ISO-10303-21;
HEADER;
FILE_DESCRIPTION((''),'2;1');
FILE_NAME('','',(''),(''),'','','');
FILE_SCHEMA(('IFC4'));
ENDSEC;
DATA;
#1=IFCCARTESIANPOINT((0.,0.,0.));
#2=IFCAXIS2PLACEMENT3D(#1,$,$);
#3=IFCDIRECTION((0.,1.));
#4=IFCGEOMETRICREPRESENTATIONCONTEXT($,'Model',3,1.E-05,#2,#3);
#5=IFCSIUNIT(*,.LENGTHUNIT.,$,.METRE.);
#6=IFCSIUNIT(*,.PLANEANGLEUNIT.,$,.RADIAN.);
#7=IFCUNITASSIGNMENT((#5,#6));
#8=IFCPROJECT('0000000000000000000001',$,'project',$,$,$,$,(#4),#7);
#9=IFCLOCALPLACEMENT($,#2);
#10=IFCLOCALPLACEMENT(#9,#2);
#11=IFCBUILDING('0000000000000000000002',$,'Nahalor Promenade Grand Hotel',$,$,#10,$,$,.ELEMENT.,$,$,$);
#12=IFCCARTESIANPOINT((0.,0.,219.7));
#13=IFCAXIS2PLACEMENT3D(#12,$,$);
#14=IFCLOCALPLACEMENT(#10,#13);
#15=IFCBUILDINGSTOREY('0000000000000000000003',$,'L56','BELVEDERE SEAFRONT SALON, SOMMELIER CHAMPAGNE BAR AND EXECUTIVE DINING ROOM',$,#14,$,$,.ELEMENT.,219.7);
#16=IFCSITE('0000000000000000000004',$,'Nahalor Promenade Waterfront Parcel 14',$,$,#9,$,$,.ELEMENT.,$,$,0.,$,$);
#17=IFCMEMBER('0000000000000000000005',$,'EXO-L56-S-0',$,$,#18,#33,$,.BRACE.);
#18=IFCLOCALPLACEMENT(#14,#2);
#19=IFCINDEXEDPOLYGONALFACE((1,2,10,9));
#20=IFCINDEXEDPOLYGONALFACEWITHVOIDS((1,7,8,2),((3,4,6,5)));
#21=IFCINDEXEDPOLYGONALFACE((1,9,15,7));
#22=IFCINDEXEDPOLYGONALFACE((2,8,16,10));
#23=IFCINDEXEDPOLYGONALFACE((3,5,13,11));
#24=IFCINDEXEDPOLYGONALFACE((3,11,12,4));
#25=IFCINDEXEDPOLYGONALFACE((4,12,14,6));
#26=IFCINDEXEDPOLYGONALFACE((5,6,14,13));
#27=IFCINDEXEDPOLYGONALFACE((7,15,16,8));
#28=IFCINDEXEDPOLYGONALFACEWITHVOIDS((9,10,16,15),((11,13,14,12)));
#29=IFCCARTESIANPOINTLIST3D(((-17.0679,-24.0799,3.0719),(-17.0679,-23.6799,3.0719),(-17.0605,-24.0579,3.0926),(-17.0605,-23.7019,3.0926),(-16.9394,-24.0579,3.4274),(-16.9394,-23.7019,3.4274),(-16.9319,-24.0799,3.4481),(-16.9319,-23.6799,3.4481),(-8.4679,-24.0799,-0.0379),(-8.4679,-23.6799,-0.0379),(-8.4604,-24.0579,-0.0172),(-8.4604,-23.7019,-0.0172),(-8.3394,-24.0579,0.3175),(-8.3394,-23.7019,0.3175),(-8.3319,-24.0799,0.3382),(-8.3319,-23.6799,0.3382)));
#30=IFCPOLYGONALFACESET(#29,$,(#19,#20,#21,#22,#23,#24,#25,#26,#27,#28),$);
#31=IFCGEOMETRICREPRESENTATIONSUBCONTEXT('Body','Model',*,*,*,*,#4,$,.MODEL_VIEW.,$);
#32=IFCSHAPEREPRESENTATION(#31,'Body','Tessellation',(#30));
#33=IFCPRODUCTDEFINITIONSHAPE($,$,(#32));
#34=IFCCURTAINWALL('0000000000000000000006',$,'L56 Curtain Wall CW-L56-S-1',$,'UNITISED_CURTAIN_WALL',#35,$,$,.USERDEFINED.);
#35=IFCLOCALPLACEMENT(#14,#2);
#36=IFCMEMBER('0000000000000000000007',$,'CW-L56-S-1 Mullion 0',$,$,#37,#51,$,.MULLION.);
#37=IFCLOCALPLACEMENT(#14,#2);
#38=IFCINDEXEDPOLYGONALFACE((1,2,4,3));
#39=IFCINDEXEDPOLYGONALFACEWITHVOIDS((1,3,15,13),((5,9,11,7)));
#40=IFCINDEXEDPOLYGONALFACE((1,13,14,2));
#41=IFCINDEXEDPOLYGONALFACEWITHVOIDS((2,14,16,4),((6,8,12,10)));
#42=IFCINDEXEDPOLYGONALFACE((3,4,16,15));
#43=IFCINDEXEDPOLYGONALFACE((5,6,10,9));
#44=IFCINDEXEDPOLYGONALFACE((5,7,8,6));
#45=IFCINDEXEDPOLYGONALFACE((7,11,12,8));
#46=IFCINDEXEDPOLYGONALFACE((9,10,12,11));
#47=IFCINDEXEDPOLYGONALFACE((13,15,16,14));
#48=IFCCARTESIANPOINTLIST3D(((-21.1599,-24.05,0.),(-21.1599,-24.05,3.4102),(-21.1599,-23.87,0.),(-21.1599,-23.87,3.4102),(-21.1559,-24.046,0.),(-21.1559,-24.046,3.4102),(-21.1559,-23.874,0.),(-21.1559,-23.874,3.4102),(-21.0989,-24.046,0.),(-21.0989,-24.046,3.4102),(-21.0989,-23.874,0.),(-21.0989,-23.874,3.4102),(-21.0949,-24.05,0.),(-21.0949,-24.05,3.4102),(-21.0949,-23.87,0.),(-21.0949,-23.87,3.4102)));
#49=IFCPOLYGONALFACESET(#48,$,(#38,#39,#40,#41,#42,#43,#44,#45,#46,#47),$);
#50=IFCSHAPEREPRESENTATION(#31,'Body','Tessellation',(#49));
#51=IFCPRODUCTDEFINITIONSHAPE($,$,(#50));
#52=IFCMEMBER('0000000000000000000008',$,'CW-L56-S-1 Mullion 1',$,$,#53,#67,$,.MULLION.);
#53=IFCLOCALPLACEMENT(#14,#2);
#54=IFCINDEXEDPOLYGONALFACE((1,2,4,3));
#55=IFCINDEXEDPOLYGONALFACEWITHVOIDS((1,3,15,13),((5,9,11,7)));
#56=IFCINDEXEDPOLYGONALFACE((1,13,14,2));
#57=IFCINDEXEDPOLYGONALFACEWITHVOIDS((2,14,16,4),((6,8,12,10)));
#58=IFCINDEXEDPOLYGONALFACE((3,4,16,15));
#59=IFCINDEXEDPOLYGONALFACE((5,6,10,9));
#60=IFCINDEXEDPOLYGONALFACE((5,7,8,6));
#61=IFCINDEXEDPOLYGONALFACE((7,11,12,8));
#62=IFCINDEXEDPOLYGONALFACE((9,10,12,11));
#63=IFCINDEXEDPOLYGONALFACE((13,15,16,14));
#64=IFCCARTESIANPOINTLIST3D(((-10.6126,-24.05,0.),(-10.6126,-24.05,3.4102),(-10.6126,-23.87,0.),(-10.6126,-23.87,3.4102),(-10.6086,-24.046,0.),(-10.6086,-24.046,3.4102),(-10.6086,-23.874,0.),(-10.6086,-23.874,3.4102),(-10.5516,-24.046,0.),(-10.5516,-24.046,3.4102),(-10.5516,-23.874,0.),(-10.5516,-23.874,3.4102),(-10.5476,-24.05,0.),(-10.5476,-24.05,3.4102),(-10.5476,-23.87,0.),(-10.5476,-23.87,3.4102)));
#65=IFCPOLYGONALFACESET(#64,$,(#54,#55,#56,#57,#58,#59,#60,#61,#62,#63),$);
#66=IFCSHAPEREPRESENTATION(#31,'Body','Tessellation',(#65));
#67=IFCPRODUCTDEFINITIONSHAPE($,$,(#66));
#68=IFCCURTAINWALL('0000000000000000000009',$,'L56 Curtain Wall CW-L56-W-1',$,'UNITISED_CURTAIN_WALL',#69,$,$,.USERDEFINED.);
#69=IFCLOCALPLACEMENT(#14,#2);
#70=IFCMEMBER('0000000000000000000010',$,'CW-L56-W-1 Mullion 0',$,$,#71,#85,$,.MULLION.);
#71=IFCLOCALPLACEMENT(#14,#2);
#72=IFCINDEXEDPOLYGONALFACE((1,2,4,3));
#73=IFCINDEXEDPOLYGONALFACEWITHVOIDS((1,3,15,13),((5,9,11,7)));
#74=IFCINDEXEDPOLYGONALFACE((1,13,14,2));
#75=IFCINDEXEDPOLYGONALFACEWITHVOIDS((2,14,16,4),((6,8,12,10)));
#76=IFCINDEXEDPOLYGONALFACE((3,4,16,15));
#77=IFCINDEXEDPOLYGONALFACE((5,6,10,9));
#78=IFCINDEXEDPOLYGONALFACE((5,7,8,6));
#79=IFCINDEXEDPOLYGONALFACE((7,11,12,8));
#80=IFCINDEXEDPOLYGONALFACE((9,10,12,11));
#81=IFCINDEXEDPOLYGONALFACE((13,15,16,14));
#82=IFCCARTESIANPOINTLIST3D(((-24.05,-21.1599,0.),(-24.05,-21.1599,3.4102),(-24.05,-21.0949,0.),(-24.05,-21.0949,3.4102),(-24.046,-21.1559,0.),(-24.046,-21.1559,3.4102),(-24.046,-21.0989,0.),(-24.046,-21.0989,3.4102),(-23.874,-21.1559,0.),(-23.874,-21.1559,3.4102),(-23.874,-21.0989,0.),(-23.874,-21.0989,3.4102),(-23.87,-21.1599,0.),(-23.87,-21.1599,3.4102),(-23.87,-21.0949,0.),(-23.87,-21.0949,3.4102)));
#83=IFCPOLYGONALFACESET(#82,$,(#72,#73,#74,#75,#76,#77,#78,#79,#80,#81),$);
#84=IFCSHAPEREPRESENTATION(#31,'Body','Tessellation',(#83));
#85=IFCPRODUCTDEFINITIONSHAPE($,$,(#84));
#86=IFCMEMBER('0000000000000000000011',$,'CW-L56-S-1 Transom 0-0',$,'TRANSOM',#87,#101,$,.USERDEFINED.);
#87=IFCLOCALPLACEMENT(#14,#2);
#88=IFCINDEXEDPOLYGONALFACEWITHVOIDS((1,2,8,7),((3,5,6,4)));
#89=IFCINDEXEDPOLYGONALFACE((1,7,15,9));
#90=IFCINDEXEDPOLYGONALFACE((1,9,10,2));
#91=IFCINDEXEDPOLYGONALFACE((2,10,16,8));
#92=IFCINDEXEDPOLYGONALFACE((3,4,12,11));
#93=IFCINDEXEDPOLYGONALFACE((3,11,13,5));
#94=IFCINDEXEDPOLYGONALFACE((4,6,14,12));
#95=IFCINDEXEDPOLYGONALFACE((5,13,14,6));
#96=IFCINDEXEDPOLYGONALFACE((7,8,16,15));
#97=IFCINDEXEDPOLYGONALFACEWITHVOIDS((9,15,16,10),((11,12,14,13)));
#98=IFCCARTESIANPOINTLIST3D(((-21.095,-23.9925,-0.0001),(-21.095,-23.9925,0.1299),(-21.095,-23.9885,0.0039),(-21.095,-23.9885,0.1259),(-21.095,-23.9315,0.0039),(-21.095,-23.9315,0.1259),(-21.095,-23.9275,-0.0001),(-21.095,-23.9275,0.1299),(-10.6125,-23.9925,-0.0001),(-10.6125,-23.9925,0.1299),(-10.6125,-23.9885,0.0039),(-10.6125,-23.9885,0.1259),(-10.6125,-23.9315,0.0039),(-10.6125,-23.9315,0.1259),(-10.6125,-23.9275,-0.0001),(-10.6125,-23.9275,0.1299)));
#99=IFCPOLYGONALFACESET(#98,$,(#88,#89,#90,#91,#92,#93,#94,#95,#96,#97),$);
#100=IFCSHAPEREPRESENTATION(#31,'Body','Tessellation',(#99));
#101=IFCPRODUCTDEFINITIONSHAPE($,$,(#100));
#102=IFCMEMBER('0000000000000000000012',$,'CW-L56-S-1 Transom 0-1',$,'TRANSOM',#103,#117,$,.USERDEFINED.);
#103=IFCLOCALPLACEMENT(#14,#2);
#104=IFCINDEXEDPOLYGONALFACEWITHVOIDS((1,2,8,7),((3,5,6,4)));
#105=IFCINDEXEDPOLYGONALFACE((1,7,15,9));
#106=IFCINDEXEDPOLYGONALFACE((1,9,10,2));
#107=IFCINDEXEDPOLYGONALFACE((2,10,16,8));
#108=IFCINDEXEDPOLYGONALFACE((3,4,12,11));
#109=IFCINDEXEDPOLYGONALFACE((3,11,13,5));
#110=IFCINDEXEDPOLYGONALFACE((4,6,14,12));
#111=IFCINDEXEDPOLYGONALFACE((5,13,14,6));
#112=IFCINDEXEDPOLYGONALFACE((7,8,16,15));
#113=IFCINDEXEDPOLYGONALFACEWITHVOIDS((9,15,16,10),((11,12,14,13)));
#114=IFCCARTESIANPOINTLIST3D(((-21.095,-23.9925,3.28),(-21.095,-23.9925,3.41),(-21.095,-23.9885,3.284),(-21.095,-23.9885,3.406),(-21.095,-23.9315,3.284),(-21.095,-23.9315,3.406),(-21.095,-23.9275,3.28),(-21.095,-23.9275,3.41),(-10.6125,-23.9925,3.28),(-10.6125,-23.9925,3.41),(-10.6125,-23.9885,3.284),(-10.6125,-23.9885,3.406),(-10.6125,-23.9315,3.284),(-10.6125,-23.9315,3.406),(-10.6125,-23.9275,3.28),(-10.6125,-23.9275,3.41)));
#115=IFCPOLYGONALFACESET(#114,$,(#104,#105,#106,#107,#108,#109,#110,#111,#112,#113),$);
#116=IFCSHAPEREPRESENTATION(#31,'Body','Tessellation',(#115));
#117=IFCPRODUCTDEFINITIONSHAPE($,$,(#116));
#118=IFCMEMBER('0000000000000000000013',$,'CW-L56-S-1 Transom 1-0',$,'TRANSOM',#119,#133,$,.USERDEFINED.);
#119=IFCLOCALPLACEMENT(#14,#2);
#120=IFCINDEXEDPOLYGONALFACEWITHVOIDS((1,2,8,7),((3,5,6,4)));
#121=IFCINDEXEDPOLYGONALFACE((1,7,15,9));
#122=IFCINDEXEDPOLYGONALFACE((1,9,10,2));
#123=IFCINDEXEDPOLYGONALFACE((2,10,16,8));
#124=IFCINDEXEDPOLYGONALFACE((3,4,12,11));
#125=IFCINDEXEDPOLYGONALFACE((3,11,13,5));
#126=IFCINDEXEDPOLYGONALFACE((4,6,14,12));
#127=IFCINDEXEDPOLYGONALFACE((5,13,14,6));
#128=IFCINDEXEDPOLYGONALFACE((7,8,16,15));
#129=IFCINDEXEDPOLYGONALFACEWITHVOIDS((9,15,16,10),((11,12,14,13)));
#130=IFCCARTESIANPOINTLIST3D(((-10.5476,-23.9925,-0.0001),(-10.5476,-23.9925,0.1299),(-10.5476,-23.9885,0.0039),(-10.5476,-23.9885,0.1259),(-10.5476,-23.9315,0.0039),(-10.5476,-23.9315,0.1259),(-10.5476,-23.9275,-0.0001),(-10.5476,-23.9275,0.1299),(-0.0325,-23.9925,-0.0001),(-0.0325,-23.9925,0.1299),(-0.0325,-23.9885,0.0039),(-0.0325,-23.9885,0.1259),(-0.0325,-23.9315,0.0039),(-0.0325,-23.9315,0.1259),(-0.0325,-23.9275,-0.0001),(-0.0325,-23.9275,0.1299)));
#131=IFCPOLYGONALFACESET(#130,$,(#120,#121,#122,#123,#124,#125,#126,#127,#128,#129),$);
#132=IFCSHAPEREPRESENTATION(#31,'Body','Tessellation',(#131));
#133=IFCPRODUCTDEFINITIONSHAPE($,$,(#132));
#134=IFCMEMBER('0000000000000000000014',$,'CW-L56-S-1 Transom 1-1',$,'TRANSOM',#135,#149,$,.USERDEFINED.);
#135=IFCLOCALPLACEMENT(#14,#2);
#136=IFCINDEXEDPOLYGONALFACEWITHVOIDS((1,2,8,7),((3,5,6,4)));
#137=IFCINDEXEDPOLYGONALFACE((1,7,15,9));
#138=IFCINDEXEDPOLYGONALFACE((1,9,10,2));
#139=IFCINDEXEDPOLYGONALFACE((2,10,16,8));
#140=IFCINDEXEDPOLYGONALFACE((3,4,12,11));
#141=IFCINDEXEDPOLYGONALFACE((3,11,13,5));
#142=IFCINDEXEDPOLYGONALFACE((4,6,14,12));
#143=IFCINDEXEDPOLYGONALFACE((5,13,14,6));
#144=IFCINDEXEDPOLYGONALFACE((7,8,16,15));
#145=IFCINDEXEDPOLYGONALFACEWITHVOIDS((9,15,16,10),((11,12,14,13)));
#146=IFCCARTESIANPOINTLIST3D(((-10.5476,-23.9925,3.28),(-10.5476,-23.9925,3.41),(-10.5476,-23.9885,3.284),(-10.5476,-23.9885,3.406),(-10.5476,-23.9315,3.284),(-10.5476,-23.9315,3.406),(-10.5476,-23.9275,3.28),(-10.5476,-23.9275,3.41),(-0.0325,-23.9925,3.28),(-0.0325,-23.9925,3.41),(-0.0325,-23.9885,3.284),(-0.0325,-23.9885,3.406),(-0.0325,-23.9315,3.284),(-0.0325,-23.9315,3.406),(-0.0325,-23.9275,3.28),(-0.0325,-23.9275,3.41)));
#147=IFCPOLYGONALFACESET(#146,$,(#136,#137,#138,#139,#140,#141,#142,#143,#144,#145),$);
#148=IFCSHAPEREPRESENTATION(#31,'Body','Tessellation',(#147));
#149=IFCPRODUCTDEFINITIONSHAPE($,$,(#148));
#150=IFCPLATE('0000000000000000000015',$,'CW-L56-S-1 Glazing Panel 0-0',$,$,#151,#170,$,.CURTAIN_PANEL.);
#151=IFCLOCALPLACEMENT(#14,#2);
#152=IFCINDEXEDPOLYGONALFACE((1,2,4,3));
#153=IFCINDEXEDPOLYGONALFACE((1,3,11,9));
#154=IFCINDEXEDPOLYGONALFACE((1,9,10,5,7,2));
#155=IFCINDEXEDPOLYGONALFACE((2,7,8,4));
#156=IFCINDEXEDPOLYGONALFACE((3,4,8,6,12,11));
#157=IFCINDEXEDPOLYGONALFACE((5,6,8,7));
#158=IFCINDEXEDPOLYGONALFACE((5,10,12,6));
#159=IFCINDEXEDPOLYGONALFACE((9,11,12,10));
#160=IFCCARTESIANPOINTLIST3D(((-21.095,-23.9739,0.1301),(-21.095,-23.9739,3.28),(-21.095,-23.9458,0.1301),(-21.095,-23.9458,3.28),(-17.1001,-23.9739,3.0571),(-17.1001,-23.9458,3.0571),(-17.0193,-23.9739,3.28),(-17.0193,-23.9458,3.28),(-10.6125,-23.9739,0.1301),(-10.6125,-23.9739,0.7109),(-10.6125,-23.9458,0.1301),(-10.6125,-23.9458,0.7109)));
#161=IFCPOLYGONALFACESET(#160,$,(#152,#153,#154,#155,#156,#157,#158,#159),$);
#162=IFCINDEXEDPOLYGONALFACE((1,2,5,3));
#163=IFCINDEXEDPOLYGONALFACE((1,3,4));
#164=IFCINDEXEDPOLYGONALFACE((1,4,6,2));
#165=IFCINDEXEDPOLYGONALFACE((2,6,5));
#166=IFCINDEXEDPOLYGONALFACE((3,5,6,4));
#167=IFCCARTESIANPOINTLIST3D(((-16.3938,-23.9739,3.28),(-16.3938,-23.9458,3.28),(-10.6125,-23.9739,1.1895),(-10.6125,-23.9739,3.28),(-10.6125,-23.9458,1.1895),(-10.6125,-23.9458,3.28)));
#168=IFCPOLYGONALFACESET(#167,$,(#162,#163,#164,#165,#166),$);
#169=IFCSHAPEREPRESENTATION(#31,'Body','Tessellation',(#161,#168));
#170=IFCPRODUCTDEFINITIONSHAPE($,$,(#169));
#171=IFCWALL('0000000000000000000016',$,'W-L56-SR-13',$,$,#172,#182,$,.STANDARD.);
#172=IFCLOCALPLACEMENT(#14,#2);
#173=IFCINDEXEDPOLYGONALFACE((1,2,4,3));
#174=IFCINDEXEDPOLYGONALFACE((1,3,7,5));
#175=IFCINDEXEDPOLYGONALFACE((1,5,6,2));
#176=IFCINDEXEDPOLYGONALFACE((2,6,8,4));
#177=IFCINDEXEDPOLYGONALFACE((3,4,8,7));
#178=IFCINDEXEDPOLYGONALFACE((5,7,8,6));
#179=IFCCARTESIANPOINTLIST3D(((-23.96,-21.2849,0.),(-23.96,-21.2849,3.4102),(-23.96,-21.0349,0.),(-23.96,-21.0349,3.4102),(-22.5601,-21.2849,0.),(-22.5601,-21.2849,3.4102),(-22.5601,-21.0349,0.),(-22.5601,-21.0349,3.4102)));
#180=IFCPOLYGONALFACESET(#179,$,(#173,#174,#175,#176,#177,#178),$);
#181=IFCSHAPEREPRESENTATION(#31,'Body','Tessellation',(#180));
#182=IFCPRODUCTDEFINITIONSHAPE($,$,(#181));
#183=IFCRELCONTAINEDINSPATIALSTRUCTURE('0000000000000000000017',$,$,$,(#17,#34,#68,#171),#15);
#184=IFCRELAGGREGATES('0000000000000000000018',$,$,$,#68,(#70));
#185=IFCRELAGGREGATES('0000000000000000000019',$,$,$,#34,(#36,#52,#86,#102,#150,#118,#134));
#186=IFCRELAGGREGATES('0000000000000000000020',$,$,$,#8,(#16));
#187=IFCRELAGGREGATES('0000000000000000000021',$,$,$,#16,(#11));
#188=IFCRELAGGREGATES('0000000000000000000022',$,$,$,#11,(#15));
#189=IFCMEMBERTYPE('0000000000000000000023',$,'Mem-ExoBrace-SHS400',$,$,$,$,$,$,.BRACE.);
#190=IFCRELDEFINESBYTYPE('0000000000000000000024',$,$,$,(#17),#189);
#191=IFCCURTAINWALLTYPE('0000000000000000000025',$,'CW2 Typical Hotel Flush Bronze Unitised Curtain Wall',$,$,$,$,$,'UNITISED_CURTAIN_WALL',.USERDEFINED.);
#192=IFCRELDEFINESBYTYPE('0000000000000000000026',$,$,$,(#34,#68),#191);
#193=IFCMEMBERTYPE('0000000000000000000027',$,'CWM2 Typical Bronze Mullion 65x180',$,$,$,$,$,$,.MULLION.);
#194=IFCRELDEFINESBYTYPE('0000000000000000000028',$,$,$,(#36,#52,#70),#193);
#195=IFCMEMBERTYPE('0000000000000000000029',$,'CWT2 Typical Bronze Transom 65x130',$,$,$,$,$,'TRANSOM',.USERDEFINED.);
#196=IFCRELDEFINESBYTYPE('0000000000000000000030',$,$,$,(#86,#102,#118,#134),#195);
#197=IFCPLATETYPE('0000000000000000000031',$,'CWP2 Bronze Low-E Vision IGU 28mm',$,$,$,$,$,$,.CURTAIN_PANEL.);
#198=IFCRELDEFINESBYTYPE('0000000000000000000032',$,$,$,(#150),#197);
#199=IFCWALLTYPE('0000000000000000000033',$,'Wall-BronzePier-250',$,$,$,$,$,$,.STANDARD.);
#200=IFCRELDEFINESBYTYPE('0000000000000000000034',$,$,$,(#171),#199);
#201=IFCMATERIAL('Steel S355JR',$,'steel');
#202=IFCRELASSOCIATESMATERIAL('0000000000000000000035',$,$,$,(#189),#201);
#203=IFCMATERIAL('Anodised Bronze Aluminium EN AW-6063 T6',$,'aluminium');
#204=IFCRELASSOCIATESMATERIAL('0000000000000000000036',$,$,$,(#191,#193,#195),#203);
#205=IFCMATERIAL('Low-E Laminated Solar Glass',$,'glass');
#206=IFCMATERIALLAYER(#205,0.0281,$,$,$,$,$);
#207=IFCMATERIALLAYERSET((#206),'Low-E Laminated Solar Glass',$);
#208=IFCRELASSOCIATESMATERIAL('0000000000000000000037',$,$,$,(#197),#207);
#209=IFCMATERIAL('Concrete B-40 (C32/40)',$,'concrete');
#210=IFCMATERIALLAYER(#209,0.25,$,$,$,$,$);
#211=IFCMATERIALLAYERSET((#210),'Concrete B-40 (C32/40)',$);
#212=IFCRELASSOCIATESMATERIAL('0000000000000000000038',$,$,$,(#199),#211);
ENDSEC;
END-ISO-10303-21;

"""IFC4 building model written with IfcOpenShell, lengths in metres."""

from ifc_helpers import new_model, si_unit, direction, frame, frame_2d, origin, origin_2d, place, context, subcontext, project, spatial, polyline, rectangle, hollow_rectangle, outline, extrude, source, transform, mapped, material, layer, layer_set, material_profile, profile_set, type_object, element, aggregate, save


model = new_model("IFC4")

# Units and contexts
model_context = context("Model", 3, precision=1e-05, world=origin(), true_north=direction((0.0, 1.0)))
body_context = subcontext(model_context, "Body", "Model", "MODEL_VIEW")
ifc_project = project(units=[si_unit("LENGTHUNIT", "METRE"), si_unit("PLANEANGLEUNIT", "RADIAN")], contexts=[model_context])

# Site, building, storey
site_placement = place(None, origin())
site = spatial("IfcSite", under=ifc_project, at=site_placement, Name="Nahalor Promenade Waterfront Parcel 14", CompositionType="ELEMENT", RefElevation=0.0)
building_placement = place(site_placement, origin())
building = spatial("IfcBuilding", under=site, at=building_placement, Name="Nahalor Promenade Grand Hotel", CompositionType="ELEMENT")
storey_placement = place(building_placement, frame((0.0, 0.0, 219.7)))
storey = spatial("IfcBuildingStorey", under=building, at=storey_placement, Name="L56", Description="BELVEDERE SEAFRONT SALON, SOMMELIER CHAMPAGNE BAR AND EXECUTIVE DINING ROOM", CompositionType="ELEMENT", Elevation=219.7)

# Shared definitions
ifc_material_1 = material(Name="Steel S355JR", Category="steel")

# Member
ifc_material_profile_1 = material_profile(ifc_material_1, hollow_rectangle(XDim=0.4, YDim=0.4, WallThickness=0.022, at=origin_2d()), Name="SHS 400x400x22")
ifc_profile_set_1 = profile_set([ifc_material_profile_1], Name="Steel S355JR")
member_type_1 = type_object("IfcMemberType", Name="Mem-ExoBrace-SHS400", PredefinedType="BRACE", material=ifc_profile_set_1)
shared_shape_1 = source(origin(), body_context, "Body", "SweptSolid", [
    extrude(hollow_rectangle(XDim=0.4, YDim=0.4, WallThickness=0.022, at=origin_2d()), origin(), (0.0, 0.0, 1.0), 9.145),
])
member_1_placement = place(storey_placement, frame((-8.3999, -23.8799, 0.1501), z_axis=(-0.940405, 0.0, 0.340058), x_axis=(0.0, -1.0, 0.0)))
element("IfcMember", 1, at=member_1_placement, inside=storey, type_object=member_type_1, Name="EXO-L56-S-0", PredefinedType="BRACE", context=body_context, shape_type="MappedRepresentation", body=[
    mapped(shared_shape_1, transform((0.0, 0.0, 0.0), scale=1.0)),
])

# Curtain wall, members
ifc_material_2 = material(Name="Anodised Bronze Aluminium EN AW-6063 T6", Category="aluminium")
curtain_wall_type = type_object("IfcCurtainWallType", Name="CW2 Typical Hotel Flush Bronze Unitised Curtain Wall", ElementType="UNITISED_CURTAIN_WALL", PredefinedType="USERDEFINED", material=ifc_material_2)
curtain_wall_1_placement = place(storey_placement, origin())
curtain_wall_1 = element("IfcCurtainWall", 2, at=curtain_wall_1_placement, inside=storey, type_object=curtain_wall_type, Name="L56 Curtain Wall CW-L56-S-1", ObjectType="UNITISED_CURTAIN_WALL", PredefinedType="USERDEFINED")
ifc_material_profile_2 = material_profile(ifc_material_2, hollow_rectangle(XDim=0.065, YDim=0.18, WallThickness=0.004, at=origin_2d()), Name="CWM 65x180x4")
ifc_profile_set_2 = profile_set([ifc_material_profile_2], Name="Anodised Bronze Aluminium EN AW-6063 T6")
member_type_2 = type_object("IfcMemberType", Name="CWM2 Typical Bronze Mullion 65x180", PredefinedType="MULLION", material=ifc_profile_set_2)
shared_shape_2 = source(origin(), body_context, "Body", "SweptSolid", [
    extrude(hollow_rectangle(XDim=0.065, YDim=0.18, WallThickness=0.004, at=origin_2d()), origin(), (0.0, 0.0, 1.0), 3.4102),
])
member_2_placement = place(storey_placement, frame((-21.1274, -23.96, 0.0), z_axis=(0.0, 0.0, 1.0), x_axis=(1.0, 0.0, 0.0)))
member_2 = element("IfcMember", 3, at=member_2_placement, type_object=member_type_2, Name="CW-L56-S-1 Mullion 0", PredefinedType="MULLION", context=body_context, shape_type="MappedRepresentation", body=[
    mapped(shared_shape_2, transform((0.0, 0.0, 0.0), scale=1.0)),
])
member_3_placement = place(storey_placement, frame((-10.5801, -23.96, 0.0), z_axis=(0.0, 0.0, 1.0), x_axis=(1.0, 0.0, 0.0)))
member_3 = element("IfcMember", 4, at=member_3_placement, type_object=member_type_2, Name="CW-L56-S-1 Mullion 1", PredefinedType="MULLION", context=body_context, shape_type="MappedRepresentation", body=[
    mapped(shared_shape_2, transform((0.0, 0.0, 0.0), scale=1.0)),
])

# Curtain wall, member
curtain_wall_2_placement = place(storey_placement, origin())
curtain_wall_2 = element("IfcCurtainWall", 5, at=curtain_wall_2_placement, inside=storey, type_object=curtain_wall_type, Name="L56 Curtain Wall CW-L56-W-1", ObjectType="UNITISED_CURTAIN_WALL", PredefinedType="USERDEFINED")
member_4_placement = place(storey_placement, frame((-23.96, -21.1274, 0.0), z_axis=(0.0, 0.0, 1.0), x_axis=(0.0, 1.0, 0.0)))
member_4 = element("IfcMember", 6, at=member_4_placement, type_object=member_type_2, Name="CW-L56-W-1 Mullion 0", PredefinedType="MULLION", context=body_context, shape_type="MappedRepresentation", body=[
    mapped(shared_shape_2, transform((0.0, 0.0, 0.0), scale=1.0)),
])
aggregate(curtain_wall_2, [member_4])

# Members
ifc_material_profile_3 = material_profile(ifc_material_2, hollow_rectangle(XDim=0.065, YDim=0.13, WallThickness=0.004, at=origin_2d()), Name="CWT 65x130x4")
ifc_profile_set_3 = profile_set([ifc_material_profile_3], Name="Anodised Bronze Aluminium EN AW-6063 T6")
member_type_3 = type_object("IfcMemberType", Name="CWT2 Typical Bronze Transom 65x130", ElementType="TRANSOM", PredefinedType="USERDEFINED", material=ifc_profile_set_3)
shared_shape_3 = source(origin(), body_context, "Body", "SweptSolid", [
    extrude(hollow_rectangle(XDim=0.065, YDim=0.13, WallThickness=0.004, at=origin_2d()), origin(), (0.0, 0.0, 1.0), 10.4824),
])
member_5_placement = place(storey_placement, frame((-21.095, -23.96, 0.0649), z_axis=(1.0, 0.0, 0.0), x_axis=(0.0, 1.0, 0.0)))
member_5 = element("IfcMember", 7, at=member_5_placement, type_object=member_type_3, Name="CW-L56-S-1 Transom 0-0", ObjectType="TRANSOM", PredefinedType="USERDEFINED", context=body_context, shape_type="MappedRepresentation", body=[
    mapped(shared_shape_3, transform((0.0, 0.0, 0.0), scale=1.0)),
])
member_6_placement = place(storey_placement, frame((-21.095, -23.96, 3.345), z_axis=(1.0, 0.0, 0.0), x_axis=(0.0, 1.0, 0.0)))
member_6 = element("IfcMember", 8, at=member_6_placement, type_object=member_type_3, Name="CW-L56-S-1 Transom 0-1", ObjectType="TRANSOM", PredefinedType="USERDEFINED", context=body_context, shape_type="MappedRepresentation", body=[
    mapped(shared_shape_3, transform((0.0, 0.0, 0.0), scale=1.0)),
])
shared_shape_4 = source(origin(), body_context, "Body", "SweptSolid", [
    extrude(hollow_rectangle(XDim=0.065, YDim=0.13, WallThickness=0.004, at=origin_2d()), origin(), (0.0, 0.0, 1.0), 10.5151),
])
member_7_placement = place(storey_placement, frame((-10.5476, -23.96, 0.0649), z_axis=(1.0, 0.0, 0.0), x_axis=(0.0, 1.0, 0.0)))
member_7 = element("IfcMember", 9, at=member_7_placement, type_object=member_type_3, Name="CW-L56-S-1 Transom 1-0", ObjectType="TRANSOM", PredefinedType="USERDEFINED", context=body_context, shape_type="MappedRepresentation", body=[
    mapped(shared_shape_4, transform((0.0, 0.0, 0.0), scale=1.0)),
])
member_8_placement = place(storey_placement, frame((-10.5476, -23.96, 3.345), z_axis=(1.0, 0.0, 0.0), x_axis=(0.0, 1.0, 0.0)))
member_8 = element("IfcMember", 10, at=member_8_placement, type_object=member_type_3, Name="CW-L56-S-1 Transom 1-1", ObjectType="TRANSOM", PredefinedType="USERDEFINED", context=body_context, shape_type="MappedRepresentation", body=[
    mapped(shared_shape_4, transform((0.0, 0.0, 0.0), scale=1.0)),
])

# Plate
ifc_material_3 = material(Name="Low-E Laminated Solar Glass", Category="glass")
ifc_layer_1 = layer(ifc_material_3, 0.0281)
ifc_layer_set_1 = layer_set([ifc_layer_1], Name="Low-E Laminated Solar Glass")
plate_type = type_object("IfcPlateType", Name="CWP2 Bronze Low-E Vision IGU 28mm", PredefinedType="CURTAIN_PANEL", material=ifc_layer_set_1)
plate_placement = place(storey_placement, frame((-15.8538, -23.96, 0.1301), z_axis=(0.0, 0.0, 1.0), x_axis=(1.0, 0.0, 0.0)))
plate = element("IfcPlate", 11, at=plate_placement, type_object=plate_type, Name="CW-L56-S-1 Glazing Panel 0-0", PredefinedType="CURTAIN_PANEL", context=body_context, shape_type="SweptSolid", body=[
    extrude(outline(polyline([(-5.2412, 0.0), (5.2412, 0.0), (5.2412, 0.5808), (-1.2463, 2.927), (-1.1655, 3.1499), (-5.2412, 3.1499), (-5.2412, 0.0)])), frame((0.0, 0.0142, 0.0), z_axis=(0.0, -1.0, 0.0), x_axis=(1.0, 0.0, 0.0)), (0.0, 0.0, 1.0), 0.0281),
    extrude(outline(polyline([(5.2412, 1.0593), (5.2412, 3.1499), (-0.54, 3.1499), (5.2412, 1.0593)])), frame((0.0, 0.0142, 0.0), z_axis=(0.0, -1.0, 0.0), x_axis=(1.0, 0.0, 0.0)), (0.0, 0.0, 1.0), 0.0281),
])
aggregate(curtain_wall_1, [member_2, member_3, member_5, member_6, plate, member_7, member_8])

# Wall
ifc_material_4 = material(Name="Concrete B-40 (C32/40)", Category="concrete")
ifc_layer_2 = layer(ifc_material_4, 0.25)
ifc_layer_set_2 = layer_set([ifc_layer_2], Name="Concrete B-40 (C32/40)")
wall_type_1 = type_object("IfcWallType", Name="Wall-BronzePier-250", PredefinedType="STANDARD", material=ifc_layer_set_2)
shared_shape_5 = source(origin(), body_context, "Body", "SweptSolid", [
    extrude(rectangle(XDim=1.3999, YDim=0.25, at=frame_2d((0.7, 0.0))), origin(), (0.0, 0.0, 1.0), 3.4102),
])
for number, where, z_axis, x_axis, name in (
    (12, (-23.96, -21.1599, 0.0), (0.0, 0.0, 1.0), (1.0, 0.0, 0.0), "W-L56-SR-13"),
):
    element("IfcWall", number, at=place(storey_placement, frame(where, z_axis=z_axis, x_axis=x_axis)), inside=storey, type_object=wall_type_1, Name=name, PredefinedType="STANDARD", context=body_context, shape_type="MappedRepresentation", body=[
        mapped(shared_shape_5, transform((0.0, 0.0, 0.0), scale=1.0)),
    ])

save(model, "model.ifc")
